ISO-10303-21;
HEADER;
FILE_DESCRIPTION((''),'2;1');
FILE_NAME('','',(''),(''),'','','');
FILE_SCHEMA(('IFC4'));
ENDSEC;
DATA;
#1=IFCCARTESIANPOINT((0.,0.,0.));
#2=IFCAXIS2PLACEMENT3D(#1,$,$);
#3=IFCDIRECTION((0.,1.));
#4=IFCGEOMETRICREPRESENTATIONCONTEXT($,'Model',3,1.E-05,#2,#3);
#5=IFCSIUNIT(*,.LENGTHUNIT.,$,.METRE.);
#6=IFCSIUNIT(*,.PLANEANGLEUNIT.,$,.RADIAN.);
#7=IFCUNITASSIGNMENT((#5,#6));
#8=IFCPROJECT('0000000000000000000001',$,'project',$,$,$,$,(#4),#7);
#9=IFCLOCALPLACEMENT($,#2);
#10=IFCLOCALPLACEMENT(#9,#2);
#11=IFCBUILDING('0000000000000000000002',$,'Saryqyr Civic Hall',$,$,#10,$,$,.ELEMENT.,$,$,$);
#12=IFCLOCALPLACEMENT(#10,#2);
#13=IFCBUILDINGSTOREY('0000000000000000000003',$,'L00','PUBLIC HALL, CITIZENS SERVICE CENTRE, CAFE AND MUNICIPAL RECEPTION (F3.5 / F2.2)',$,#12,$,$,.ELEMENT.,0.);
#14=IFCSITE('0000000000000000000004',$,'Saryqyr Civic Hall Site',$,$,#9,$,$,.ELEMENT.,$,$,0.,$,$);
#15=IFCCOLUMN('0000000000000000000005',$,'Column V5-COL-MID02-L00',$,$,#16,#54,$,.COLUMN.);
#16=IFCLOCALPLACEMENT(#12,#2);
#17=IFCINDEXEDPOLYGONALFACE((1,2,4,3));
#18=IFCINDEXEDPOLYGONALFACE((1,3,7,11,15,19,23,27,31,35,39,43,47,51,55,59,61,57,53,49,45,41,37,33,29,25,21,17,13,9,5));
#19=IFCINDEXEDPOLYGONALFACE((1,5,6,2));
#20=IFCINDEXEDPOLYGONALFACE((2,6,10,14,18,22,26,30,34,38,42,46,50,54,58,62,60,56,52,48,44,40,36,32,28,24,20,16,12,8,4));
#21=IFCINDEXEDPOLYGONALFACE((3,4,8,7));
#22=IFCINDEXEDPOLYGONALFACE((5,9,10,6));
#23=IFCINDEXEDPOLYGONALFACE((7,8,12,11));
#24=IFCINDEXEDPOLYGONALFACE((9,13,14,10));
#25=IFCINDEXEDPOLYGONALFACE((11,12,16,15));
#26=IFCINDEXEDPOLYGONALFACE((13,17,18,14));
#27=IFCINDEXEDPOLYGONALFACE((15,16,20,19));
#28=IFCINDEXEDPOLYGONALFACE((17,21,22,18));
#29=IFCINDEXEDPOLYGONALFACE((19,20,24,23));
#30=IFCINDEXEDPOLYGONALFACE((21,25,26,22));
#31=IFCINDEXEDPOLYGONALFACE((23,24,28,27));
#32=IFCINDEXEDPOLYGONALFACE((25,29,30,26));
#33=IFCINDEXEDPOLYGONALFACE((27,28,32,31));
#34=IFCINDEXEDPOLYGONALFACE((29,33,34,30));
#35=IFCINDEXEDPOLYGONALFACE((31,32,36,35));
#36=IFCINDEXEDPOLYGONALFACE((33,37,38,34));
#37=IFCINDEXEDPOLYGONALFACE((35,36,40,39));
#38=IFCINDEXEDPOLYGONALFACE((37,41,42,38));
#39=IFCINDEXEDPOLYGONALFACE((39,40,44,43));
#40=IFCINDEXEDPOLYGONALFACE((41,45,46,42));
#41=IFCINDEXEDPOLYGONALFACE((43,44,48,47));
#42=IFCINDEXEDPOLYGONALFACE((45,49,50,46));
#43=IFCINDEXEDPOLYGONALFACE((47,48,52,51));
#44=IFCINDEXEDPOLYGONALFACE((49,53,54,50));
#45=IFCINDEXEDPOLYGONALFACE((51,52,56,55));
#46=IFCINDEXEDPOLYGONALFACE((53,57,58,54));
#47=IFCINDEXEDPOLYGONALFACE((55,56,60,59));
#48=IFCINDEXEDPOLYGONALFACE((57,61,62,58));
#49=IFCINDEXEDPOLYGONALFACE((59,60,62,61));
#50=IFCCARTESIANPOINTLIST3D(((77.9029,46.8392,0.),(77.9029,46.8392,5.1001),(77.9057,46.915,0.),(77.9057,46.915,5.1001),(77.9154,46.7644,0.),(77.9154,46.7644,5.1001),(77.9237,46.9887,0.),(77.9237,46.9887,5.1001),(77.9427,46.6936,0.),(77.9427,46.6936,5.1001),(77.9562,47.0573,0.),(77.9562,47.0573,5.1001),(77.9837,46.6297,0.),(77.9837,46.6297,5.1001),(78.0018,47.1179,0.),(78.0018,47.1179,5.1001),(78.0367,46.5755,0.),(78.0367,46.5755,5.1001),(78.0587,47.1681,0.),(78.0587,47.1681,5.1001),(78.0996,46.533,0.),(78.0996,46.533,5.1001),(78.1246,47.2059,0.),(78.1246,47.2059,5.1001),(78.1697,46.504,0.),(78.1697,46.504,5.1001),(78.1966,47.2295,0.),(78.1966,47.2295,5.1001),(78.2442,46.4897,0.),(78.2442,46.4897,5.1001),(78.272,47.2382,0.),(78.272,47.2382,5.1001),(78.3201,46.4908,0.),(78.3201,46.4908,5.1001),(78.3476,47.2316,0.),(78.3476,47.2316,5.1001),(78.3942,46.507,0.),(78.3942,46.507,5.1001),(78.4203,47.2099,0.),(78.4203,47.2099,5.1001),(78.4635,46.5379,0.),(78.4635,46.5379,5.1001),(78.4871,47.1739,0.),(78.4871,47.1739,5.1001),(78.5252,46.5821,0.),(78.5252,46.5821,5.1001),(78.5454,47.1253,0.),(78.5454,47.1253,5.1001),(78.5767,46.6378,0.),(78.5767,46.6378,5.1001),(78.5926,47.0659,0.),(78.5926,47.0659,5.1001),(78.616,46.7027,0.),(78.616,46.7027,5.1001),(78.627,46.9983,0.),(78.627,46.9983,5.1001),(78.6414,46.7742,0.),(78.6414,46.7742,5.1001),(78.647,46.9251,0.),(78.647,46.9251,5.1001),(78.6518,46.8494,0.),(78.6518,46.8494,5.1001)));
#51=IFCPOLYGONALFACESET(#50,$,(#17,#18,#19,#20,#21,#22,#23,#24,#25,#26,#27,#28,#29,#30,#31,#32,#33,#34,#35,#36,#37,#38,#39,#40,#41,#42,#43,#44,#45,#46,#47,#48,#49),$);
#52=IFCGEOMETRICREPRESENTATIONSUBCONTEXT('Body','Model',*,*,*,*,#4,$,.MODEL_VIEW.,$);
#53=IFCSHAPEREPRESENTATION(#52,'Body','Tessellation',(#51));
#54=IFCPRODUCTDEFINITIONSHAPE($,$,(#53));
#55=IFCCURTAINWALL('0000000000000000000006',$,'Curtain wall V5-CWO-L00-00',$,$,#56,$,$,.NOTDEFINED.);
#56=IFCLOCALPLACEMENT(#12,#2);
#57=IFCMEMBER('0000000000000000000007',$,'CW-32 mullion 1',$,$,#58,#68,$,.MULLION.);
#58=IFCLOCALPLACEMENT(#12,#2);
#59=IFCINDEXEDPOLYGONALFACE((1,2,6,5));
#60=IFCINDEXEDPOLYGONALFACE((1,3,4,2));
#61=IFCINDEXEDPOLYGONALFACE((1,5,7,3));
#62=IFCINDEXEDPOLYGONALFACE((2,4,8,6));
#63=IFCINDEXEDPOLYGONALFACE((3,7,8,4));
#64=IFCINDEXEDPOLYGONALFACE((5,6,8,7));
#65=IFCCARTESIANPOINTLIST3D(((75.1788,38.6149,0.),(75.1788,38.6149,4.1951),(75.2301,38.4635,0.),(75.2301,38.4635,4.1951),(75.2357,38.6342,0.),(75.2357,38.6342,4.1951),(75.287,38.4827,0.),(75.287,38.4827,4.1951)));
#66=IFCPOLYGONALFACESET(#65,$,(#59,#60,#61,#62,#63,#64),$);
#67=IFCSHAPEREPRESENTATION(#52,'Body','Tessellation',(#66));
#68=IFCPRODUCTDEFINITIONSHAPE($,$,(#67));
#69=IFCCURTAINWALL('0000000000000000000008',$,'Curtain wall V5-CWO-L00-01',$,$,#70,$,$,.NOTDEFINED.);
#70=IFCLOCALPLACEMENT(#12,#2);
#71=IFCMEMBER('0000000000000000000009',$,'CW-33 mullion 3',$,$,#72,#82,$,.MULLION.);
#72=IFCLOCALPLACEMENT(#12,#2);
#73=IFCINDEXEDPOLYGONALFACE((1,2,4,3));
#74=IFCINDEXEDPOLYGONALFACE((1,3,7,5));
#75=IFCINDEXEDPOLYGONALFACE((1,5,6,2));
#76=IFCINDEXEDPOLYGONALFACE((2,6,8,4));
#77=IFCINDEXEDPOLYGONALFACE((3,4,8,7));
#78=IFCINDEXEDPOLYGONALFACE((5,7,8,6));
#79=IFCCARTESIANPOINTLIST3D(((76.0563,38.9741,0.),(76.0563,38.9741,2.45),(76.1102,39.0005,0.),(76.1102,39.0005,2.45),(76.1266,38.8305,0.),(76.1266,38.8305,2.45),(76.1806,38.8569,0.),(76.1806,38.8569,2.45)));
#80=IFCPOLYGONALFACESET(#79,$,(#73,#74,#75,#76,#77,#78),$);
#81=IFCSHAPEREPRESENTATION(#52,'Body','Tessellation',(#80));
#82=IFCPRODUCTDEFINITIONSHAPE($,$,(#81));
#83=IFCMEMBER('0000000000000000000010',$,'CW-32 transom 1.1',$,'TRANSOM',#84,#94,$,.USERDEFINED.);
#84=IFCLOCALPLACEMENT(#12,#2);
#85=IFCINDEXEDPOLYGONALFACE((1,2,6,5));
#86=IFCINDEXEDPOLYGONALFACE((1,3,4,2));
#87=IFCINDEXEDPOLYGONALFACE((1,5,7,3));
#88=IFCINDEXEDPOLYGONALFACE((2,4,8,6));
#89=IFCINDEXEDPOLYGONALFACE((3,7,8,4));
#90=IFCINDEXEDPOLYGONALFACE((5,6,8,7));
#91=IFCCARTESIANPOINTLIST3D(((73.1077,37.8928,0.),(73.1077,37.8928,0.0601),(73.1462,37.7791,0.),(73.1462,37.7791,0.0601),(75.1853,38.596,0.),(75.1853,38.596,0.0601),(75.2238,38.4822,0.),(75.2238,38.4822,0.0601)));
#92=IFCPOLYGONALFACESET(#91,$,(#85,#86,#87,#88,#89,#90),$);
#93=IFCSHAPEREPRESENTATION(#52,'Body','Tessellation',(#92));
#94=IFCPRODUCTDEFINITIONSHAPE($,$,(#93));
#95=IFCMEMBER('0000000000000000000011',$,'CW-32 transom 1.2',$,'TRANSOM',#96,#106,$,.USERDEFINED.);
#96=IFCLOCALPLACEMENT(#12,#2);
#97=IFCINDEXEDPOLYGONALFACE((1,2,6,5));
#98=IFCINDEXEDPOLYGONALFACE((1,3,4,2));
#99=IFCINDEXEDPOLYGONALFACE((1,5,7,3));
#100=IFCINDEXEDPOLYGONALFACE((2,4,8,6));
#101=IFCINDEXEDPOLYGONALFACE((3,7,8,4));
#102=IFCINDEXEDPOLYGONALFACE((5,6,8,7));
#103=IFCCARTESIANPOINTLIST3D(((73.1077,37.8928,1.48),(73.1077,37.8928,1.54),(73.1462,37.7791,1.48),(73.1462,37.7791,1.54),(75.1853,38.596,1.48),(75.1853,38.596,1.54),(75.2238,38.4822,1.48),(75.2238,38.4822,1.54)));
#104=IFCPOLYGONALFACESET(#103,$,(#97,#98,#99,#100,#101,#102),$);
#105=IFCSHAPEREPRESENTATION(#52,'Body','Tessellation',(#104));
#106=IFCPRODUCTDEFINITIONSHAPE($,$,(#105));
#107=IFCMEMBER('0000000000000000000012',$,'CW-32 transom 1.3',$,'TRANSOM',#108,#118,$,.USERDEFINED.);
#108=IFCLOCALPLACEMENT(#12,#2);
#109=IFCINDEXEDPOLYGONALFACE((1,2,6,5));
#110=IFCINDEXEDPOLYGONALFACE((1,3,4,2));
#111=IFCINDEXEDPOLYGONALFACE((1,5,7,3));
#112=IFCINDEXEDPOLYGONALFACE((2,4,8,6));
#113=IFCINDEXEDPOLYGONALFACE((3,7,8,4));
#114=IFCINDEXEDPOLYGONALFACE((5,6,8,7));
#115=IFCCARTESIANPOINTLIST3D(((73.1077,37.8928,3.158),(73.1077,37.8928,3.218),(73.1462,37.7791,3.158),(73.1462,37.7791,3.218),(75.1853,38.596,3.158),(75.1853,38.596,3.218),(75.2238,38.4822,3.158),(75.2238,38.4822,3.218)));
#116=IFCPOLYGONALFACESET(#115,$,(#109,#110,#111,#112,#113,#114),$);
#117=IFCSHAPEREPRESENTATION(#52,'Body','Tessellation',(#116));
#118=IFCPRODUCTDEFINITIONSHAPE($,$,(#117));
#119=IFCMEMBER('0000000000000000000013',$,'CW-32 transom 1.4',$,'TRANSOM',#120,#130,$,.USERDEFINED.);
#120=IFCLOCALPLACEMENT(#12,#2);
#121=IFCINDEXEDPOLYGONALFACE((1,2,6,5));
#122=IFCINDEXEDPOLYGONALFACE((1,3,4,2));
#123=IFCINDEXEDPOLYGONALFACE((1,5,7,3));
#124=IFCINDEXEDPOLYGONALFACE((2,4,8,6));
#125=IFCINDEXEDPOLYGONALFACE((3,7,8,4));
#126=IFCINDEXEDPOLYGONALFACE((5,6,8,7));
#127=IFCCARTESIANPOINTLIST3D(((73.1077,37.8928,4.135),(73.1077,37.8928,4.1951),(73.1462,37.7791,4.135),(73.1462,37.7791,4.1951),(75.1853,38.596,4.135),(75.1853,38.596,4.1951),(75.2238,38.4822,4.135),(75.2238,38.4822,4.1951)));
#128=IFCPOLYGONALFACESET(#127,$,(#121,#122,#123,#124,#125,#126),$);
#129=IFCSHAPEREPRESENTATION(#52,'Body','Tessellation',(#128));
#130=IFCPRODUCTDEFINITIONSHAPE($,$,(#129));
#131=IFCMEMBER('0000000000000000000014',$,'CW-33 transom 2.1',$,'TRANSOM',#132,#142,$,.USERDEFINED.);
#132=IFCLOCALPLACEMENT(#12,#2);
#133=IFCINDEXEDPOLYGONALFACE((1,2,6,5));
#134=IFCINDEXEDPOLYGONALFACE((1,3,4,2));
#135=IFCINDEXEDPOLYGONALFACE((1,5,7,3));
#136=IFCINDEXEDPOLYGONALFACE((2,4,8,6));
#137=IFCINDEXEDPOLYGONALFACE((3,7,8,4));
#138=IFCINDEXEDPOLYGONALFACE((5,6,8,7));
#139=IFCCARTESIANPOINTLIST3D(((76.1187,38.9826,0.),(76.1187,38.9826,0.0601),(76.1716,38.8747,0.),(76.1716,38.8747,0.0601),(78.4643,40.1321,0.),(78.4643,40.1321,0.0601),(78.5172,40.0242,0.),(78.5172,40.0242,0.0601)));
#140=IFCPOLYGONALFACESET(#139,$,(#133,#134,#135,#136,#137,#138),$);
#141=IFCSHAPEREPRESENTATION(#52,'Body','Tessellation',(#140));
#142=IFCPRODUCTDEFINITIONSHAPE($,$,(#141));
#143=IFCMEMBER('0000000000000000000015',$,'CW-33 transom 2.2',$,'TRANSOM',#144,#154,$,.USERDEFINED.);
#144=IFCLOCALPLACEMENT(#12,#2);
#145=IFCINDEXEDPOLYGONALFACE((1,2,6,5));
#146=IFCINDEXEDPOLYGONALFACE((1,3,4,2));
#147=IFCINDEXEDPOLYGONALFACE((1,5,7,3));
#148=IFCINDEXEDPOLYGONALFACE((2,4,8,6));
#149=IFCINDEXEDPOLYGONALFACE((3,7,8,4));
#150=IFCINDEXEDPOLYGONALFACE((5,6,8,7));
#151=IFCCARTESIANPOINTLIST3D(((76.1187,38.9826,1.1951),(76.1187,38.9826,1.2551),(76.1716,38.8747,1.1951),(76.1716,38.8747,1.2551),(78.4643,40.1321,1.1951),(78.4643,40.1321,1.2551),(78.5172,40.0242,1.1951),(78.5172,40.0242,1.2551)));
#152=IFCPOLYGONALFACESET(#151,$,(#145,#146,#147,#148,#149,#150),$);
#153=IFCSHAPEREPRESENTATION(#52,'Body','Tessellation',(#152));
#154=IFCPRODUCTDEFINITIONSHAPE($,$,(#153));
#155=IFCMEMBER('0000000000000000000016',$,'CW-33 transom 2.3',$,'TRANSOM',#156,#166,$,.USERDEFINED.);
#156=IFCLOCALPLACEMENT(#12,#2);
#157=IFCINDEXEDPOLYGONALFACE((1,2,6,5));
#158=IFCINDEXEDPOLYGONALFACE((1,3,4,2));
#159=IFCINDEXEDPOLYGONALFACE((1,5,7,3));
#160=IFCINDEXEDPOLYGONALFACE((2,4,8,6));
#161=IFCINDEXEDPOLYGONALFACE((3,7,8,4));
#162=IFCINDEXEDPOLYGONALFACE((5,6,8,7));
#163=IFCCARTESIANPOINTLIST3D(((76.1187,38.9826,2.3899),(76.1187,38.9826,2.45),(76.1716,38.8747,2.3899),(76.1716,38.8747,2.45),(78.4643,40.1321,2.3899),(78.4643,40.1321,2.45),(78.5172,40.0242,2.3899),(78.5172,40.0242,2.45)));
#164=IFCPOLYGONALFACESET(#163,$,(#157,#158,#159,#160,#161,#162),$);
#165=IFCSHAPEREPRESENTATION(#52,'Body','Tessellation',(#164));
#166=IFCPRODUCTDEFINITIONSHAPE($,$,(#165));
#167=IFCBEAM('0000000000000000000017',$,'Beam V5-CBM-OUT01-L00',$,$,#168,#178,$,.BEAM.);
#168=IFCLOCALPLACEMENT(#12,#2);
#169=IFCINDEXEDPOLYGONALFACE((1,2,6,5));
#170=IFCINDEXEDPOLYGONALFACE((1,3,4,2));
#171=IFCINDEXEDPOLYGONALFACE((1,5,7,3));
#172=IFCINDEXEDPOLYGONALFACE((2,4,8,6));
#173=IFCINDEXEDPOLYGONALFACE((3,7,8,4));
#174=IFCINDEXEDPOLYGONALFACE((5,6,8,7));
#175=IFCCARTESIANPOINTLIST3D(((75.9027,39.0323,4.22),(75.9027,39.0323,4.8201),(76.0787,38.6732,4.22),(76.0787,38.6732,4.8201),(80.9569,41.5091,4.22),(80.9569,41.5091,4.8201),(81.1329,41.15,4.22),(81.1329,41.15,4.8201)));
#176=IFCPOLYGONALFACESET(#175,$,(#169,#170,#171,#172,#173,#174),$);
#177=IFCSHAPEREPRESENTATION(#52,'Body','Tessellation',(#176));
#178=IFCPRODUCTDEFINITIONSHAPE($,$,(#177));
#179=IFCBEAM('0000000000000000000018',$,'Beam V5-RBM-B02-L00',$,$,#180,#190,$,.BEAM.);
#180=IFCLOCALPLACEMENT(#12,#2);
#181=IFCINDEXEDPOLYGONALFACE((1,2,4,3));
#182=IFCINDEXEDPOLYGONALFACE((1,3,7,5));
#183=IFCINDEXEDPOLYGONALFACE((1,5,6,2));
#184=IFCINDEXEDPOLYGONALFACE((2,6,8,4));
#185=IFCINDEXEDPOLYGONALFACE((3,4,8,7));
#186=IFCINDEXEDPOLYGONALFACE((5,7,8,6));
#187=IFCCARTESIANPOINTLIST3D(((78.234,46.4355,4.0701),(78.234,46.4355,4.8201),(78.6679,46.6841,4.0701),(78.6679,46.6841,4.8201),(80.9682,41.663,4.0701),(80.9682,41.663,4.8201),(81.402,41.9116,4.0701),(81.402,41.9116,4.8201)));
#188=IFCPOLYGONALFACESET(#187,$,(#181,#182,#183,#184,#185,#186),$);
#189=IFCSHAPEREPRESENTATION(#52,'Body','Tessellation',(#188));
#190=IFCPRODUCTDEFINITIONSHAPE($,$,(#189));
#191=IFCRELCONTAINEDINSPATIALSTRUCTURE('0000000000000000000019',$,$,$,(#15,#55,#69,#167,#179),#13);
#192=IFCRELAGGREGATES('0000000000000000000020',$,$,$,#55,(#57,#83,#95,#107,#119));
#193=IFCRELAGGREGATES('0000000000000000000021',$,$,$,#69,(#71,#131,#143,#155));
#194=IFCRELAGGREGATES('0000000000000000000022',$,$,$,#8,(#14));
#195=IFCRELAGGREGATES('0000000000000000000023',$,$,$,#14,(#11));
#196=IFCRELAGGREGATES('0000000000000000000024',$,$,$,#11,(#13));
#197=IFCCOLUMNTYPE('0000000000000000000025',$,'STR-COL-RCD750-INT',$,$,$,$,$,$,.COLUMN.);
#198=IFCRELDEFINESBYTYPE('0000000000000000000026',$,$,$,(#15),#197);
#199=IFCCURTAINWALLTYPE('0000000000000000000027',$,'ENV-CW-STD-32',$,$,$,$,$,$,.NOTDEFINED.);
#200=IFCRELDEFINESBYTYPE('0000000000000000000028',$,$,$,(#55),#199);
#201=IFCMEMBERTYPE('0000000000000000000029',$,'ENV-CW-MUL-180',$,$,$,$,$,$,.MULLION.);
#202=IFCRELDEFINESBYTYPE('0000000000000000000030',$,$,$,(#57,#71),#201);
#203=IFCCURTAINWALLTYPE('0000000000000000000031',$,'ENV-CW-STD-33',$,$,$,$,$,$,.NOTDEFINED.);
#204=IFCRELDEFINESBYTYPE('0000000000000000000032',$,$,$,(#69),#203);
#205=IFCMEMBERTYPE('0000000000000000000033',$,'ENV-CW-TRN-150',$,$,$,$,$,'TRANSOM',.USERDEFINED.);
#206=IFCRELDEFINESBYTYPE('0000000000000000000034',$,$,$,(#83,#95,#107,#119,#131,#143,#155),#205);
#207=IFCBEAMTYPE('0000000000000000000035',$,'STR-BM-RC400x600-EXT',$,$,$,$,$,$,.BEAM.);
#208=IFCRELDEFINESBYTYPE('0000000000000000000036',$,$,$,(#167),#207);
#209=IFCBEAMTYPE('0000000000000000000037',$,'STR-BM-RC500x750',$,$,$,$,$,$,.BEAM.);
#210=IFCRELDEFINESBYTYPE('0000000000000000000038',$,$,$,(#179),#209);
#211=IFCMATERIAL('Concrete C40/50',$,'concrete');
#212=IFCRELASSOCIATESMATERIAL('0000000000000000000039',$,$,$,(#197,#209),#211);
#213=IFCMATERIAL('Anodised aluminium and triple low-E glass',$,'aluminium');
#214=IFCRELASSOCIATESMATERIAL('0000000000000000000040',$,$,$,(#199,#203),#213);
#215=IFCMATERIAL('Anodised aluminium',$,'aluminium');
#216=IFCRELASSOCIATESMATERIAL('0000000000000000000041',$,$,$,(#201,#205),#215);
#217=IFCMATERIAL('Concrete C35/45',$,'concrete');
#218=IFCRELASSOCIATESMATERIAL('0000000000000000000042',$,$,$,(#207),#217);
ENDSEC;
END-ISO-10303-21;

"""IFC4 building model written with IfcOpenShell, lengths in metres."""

from ifc_helpers import new_model, si_unit, direction, frame, origin, origin_2d, place, context, subcontext, project, spatial, rectangle, circle, extrude, material, material_profile, profile_set, type_object, element, aggregate, save


model = new_model("IFC4")

# Units and contexts
model_context = context("Model", 3, precision=1e-05, world=origin(), true_north=direction((0.0, 1.0)))
body_context = subcontext(model_context, "Body", "Model", "MODEL_VIEW")
ifc_project = project(units=[si_unit("LENGTHUNIT", "METRE"), si_unit("PLANEANGLEUNIT", "RADIAN")], contexts=[model_context])

# Site, building, storey
site_placement = place(None, origin())
site = spatial("IfcSite", under=ifc_project, at=site_placement, Name="Saryqyr Civic Hall Site", CompositionType="ELEMENT", RefElevation=0.0)
building_placement = place(site_placement, origin())
building = spatial("IfcBuilding", under=site, at=building_placement, Name="Saryqyr Civic Hall", CompositionType="ELEMENT")
storey_placement = place(building_placement, origin())
storey = spatial("IfcBuildingStorey", under=building, at=storey_placement, Name="L00", Description="PUBLIC HALL, CITIZENS SERVICE CENTRE, CAFE AND MUNICIPAL RECEPTION (F3.5 / F2.2)", CompositionType="ELEMENT", Elevation=0.0)

# Column
ifc_material_1 = material(Name="Concrete C40/50", Category="concrete")
ifc_material_profile_1 = material_profile(ifc_material_1, circle(Radius=0.375, at=origin_2d()), Name="RC D750")
ifc_profile_set_1 = profile_set([ifc_material_profile_1], Name="Concrete C40/50")
column_type_1 = type_object("IfcColumnType", Name="STR-COL-RCD750-INT", PredefinedType="COLUMN", material=ifc_profile_set_1)
column_1_placement = place(storey_placement, frame((78.2771, 46.8633, 0.0), z_axis=(0.0, 0.0, 1.0), x_axis=(0.497125, -0.867679, 0.0)))
element("IfcColumn", 1, at=column_1_placement, inside=storey, type_object=column_type_1, Name="Column V5-COL-MID02-L00", PredefinedType="COLUMN", context=body_context, shape_type="SweptSolid", body=[
    extrude(circle(Radius=0.375, at=origin_2d()), origin(), (0.0, 0.0, 1.0), 5.1001),
])

# Curtain walls, members
ifc_material_2 = material(Name="Anodised aluminium and triple low-E glass", Category="aluminium")
curtain_wall_type_1 = type_object("IfcCurtainWallType", Name="ENV-CW-STD-32", PredefinedType="NOTDEFINED", material=ifc_material_2)
curtain_wall_1_placement = place(storey_placement, origin())
curtain_wall_1 = element("IfcCurtainWall", 2, at=curtain_wall_1_placement, inside=storey, type_object=curtain_wall_type_1, Name="Curtain wall V5-CWO-L00-00", PredefinedType="NOTDEFINED")
ifc_material_3 = material(Name="Anodised aluminium", Category="aluminium")
ifc_material_profile_2 = material_profile(ifc_material_3, rectangle(XDim=0.0601, YDim=0.1599, at=origin_2d()), Name="ALU MULLION 60x160")
ifc_profile_set_2 = profile_set([ifc_material_profile_2], Name="Anodised aluminium")
member_type_1 = type_object("IfcMemberType", Name="ENV-CW-MUL-180", PredefinedType="MULLION", material=ifc_profile_set_2)
member_1_placement = place(storey_placement, frame((75.2329, 38.5488, 0.0), z_axis=(0.0, 0.0, 1.0), x_axis=(-0.947197, -0.320652, 0.0)))
member_1 = element("IfcMember", 3, at=member_1_placement, type_object=member_type_1, Name="CW-32 mullion 1", PredefinedType="MULLION", context=body_context, shape_type="SweptSolid", body=[
    extrude(rectangle(XDim=0.0601, YDim=0.1599, at=origin_2d()), origin(), (0.0, 0.0, 1.0), 4.1951),
])
curtain_wall_type_2 = type_object("IfcCurtainWallType", Name="ENV-CW-STD-33", PredefinedType="NOTDEFINED", material=ifc_material_2)
curtain_wall_2_placement = place(storey_placement, origin())
curtain_wall_2 = element("IfcCurtainWall", 4, at=curtain_wall_2_placement, inside=storey, type_object=curtain_wall_type_2, Name="Curtain wall V5-CWO-L00-01", PredefinedType="NOTDEFINED")
member_2_placement = place(storey_placement, frame((76.1184, 38.9155, 0.0), z_axis=(0.0, 0.0, 1.0), x_axis=(-0.897977, -0.440042, 0.0)))
member_2 = element("IfcMember", 5, at=member_2_placement, type_object=member_type_1, Name="CW-33 mullion 3", PredefinedType="MULLION", context=body_context, shape_type="SweptSolid", body=[
    extrude(rectangle(XDim=0.0601, YDim=0.1599, at=origin_2d()), origin(), (0.0, 0.0, 1.0), 2.45),
])

# Members
ifc_material_profile_3 = material_profile(ifc_material_3, rectangle(XDim=0.1201, YDim=0.0601, at=origin_2d()), Name="ALU TRANSOM 120x60")
ifc_profile_set_3 = profile_set([ifc_material_profile_3], Name="Anodised aluminium")
member_type_2 = type_object("IfcMemberType", Name="ENV-CW-TRN-150", ElementType="TRANSOM", PredefinedType="USERDEFINED", material=ifc_profile_set_3)
member_3_placement = place(storey_placement, frame((75.2046, 38.5391, 0.03), z_axis=(-0.947226, -0.320565, 0.0), x_axis=(0.320565, -0.947226, 0.0)))
member_3 = element("IfcMember", 6, at=member_3_placement, type_object=member_type_2, Name="CW-32 transom 1.1", ObjectType="TRANSOM", PredefinedType="USERDEFINED", context=body_context, shape_type="SweptSolid", body=[
    extrude(rectangle(XDim=0.1201, YDim=0.0601, at=origin_2d()), origin(), (0.0, 0.0, 1.0), 2.1934),
])
member_4_placement = place(storey_placement, frame((75.2046, 38.5391, 1.51), z_axis=(-0.947226, -0.320565, 0.0), x_axis=(0.320565, -0.947226, 0.0)))
member_4 = element("IfcMember", 7, at=member_4_placement, type_object=member_type_2, Name="CW-32 transom 1.2", ObjectType="TRANSOM", PredefinedType="USERDEFINED", context=body_context, shape_type="SweptSolid", body=[
    extrude(rectangle(XDim=0.1201, YDim=0.0601, at=origin_2d()), origin(), (0.0, 0.0, 1.0), 2.1934),
])
member_5_placement = place(storey_placement, frame((75.2046, 38.5391, 3.188), z_axis=(-0.947226, -0.320565, 0.0), x_axis=(0.320565, -0.947226, 0.0)))
member_5 = element("IfcMember", 8, at=member_5_placement, type_object=member_type_2, Name="CW-32 transom 1.3", ObjectType="TRANSOM", PredefinedType="USERDEFINED", context=body_context, shape_type="SweptSolid", body=[
    extrude(rectangle(XDim=0.1201, YDim=0.0601, at=origin_2d()), origin(), (0.0, 0.0, 1.0), 2.1934),
])
member_6_placement = place(storey_placement, frame((75.2046, 38.5391, 4.165), z_axis=(-0.947226, -0.320565, 0.0), x_axis=(0.320565, -0.947226, 0.0)))
member_6 = element("IfcMember", 9, at=member_6_placement, type_object=member_type_2, Name="CW-32 transom 1.4", ObjectType="TRANSOM", PredefinedType="USERDEFINED", context=body_context, shape_type="SweptSolid", body=[
    extrude(rectangle(XDim=0.1201, YDim=0.0601, at=origin_2d()), origin(), (0.0, 0.0, 1.0), 2.1934),
])
member_7_placement = place(storey_placement, frame((78.4907, 40.0781, 0.03), z_axis=(-0.897969, -0.440058, 0.0), x_axis=(0.440058, -0.897969, 0.0)))
member_7 = element("IfcMember", 10, at=member_7_placement, type_object=member_type_2, Name="CW-33 transom 2.1", ObjectType="TRANSOM", PredefinedType="USERDEFINED", context=body_context, shape_type="SweptSolid", body=[
    extrude(rectangle(XDim=0.1201, YDim=0.0601, at=origin_2d()), origin(), (0.0, 0.0, 1.0), 2.6121),
])
member_8_placement = place(storey_placement, frame((78.4907, 40.0781, 1.2251), z_axis=(-0.897969, -0.440058, 0.0), x_axis=(0.440058, -0.897969, 0.0)))
member_8 = element("IfcMember", 11, at=member_8_placement, type_object=member_type_2, Name="CW-33 transom 2.2", ObjectType="TRANSOM", PredefinedType="USERDEFINED", context=body_context, shape_type="SweptSolid", body=[
    extrude(rectangle(XDim=0.1201, YDim=0.0601, at=origin_2d()), origin(), (0.0, 0.0, 1.0), 2.6121),
])
member_9_placement = place(storey_placement, frame((78.4907, 40.0781, 2.4199), z_axis=(-0.897969, -0.440058, 0.0), x_axis=(0.440058, -0.897969, 0.0)))
member_9 = element("IfcMember", 12, at=member_9_placement, type_object=member_type_2, Name="CW-33 transom 2.3", ObjectType="TRANSOM", PredefinedType="USERDEFINED", context=body_context, shape_type="SweptSolid", body=[
    extrude(rectangle(XDim=0.1201, YDim=0.0601, at=origin_2d()), origin(), (0.0, 0.0, 1.0), 2.6121),
])

# Beams
ifc_material_4 = material(Name="Concrete C35/45", Category="concrete")
ifc_material_profile_4 = material_profile(ifc_material_4, rectangle(XDim=0.3999, YDim=0.6001, at=origin_2d()), Name="RC 400x600")
ifc_profile_set_4 = profile_set([ifc_material_profile_4], Name="Concrete C35/45")
beam_type_1 = type_object("IfcBeamType", Name="STR-BM-RC400x600-EXT", PredefinedType="BEAM", material=ifc_profile_set_4)
beam_1_placement = place(storey_placement, frame((75.9907, 38.8528, 4.52), z_axis=(0.897973, 0.440051, 0.0), x_axis=(-0.440051, 0.897973, 0.0)))
element("IfcBeam", 13, at=beam_1_placement, inside=storey, type_object=beam_type_1, Name="Beam V5-CBM-OUT01-L00", PredefinedType="BEAM", context=body_context, shape_type="SweptSolid", body=[
    extrude(rectangle(XDim=0.3999, YDim=0.6001, at=origin_2d()), origin(), (0.0, 0.0, 1.0), 5.6284),
])
ifc_material_profile_5 = material_profile(ifc_material_1, rectangle(XDim=0.5, YDim=0.75, at=origin_2d()), Name="RC 500x750")
ifc_profile_set_5 = profile_set([ifc_material_profile_5], Name="Concrete C40/50")
beam_type_2 = type_object("IfcBeamType", Name="STR-BM-RC500x750", PredefinedType="BEAM", material=ifc_profile_set_5)
beam_2_placement = place(storey_placement, frame((78.4509, 46.5598, 4.4451), z_axis=(0.497099, -0.867694, 0.0), x_axis=(0.867694, 0.497099, 0.0)))
element("IfcBeam", 14, at=beam_2_placement, inside=storey, type_object=beam_type_2, Name="Beam V5-RBM-B02-L00", PredefinedType="BEAM", context=body_context, shape_type="SweptSolid", body=[
    extrude(rectangle(XDim=0.5, YDim=0.75, at=origin_2d()), origin(), (0.0, 0.0, 1.0), 5.5002),
])

aggregate(curtain_wall_1, [member_1, member_3, member_4, member_5, member_6])
aggregate(curtain_wall_2, [member_2, member_7, member_8, member_9])

save(model, "model.ifc")
